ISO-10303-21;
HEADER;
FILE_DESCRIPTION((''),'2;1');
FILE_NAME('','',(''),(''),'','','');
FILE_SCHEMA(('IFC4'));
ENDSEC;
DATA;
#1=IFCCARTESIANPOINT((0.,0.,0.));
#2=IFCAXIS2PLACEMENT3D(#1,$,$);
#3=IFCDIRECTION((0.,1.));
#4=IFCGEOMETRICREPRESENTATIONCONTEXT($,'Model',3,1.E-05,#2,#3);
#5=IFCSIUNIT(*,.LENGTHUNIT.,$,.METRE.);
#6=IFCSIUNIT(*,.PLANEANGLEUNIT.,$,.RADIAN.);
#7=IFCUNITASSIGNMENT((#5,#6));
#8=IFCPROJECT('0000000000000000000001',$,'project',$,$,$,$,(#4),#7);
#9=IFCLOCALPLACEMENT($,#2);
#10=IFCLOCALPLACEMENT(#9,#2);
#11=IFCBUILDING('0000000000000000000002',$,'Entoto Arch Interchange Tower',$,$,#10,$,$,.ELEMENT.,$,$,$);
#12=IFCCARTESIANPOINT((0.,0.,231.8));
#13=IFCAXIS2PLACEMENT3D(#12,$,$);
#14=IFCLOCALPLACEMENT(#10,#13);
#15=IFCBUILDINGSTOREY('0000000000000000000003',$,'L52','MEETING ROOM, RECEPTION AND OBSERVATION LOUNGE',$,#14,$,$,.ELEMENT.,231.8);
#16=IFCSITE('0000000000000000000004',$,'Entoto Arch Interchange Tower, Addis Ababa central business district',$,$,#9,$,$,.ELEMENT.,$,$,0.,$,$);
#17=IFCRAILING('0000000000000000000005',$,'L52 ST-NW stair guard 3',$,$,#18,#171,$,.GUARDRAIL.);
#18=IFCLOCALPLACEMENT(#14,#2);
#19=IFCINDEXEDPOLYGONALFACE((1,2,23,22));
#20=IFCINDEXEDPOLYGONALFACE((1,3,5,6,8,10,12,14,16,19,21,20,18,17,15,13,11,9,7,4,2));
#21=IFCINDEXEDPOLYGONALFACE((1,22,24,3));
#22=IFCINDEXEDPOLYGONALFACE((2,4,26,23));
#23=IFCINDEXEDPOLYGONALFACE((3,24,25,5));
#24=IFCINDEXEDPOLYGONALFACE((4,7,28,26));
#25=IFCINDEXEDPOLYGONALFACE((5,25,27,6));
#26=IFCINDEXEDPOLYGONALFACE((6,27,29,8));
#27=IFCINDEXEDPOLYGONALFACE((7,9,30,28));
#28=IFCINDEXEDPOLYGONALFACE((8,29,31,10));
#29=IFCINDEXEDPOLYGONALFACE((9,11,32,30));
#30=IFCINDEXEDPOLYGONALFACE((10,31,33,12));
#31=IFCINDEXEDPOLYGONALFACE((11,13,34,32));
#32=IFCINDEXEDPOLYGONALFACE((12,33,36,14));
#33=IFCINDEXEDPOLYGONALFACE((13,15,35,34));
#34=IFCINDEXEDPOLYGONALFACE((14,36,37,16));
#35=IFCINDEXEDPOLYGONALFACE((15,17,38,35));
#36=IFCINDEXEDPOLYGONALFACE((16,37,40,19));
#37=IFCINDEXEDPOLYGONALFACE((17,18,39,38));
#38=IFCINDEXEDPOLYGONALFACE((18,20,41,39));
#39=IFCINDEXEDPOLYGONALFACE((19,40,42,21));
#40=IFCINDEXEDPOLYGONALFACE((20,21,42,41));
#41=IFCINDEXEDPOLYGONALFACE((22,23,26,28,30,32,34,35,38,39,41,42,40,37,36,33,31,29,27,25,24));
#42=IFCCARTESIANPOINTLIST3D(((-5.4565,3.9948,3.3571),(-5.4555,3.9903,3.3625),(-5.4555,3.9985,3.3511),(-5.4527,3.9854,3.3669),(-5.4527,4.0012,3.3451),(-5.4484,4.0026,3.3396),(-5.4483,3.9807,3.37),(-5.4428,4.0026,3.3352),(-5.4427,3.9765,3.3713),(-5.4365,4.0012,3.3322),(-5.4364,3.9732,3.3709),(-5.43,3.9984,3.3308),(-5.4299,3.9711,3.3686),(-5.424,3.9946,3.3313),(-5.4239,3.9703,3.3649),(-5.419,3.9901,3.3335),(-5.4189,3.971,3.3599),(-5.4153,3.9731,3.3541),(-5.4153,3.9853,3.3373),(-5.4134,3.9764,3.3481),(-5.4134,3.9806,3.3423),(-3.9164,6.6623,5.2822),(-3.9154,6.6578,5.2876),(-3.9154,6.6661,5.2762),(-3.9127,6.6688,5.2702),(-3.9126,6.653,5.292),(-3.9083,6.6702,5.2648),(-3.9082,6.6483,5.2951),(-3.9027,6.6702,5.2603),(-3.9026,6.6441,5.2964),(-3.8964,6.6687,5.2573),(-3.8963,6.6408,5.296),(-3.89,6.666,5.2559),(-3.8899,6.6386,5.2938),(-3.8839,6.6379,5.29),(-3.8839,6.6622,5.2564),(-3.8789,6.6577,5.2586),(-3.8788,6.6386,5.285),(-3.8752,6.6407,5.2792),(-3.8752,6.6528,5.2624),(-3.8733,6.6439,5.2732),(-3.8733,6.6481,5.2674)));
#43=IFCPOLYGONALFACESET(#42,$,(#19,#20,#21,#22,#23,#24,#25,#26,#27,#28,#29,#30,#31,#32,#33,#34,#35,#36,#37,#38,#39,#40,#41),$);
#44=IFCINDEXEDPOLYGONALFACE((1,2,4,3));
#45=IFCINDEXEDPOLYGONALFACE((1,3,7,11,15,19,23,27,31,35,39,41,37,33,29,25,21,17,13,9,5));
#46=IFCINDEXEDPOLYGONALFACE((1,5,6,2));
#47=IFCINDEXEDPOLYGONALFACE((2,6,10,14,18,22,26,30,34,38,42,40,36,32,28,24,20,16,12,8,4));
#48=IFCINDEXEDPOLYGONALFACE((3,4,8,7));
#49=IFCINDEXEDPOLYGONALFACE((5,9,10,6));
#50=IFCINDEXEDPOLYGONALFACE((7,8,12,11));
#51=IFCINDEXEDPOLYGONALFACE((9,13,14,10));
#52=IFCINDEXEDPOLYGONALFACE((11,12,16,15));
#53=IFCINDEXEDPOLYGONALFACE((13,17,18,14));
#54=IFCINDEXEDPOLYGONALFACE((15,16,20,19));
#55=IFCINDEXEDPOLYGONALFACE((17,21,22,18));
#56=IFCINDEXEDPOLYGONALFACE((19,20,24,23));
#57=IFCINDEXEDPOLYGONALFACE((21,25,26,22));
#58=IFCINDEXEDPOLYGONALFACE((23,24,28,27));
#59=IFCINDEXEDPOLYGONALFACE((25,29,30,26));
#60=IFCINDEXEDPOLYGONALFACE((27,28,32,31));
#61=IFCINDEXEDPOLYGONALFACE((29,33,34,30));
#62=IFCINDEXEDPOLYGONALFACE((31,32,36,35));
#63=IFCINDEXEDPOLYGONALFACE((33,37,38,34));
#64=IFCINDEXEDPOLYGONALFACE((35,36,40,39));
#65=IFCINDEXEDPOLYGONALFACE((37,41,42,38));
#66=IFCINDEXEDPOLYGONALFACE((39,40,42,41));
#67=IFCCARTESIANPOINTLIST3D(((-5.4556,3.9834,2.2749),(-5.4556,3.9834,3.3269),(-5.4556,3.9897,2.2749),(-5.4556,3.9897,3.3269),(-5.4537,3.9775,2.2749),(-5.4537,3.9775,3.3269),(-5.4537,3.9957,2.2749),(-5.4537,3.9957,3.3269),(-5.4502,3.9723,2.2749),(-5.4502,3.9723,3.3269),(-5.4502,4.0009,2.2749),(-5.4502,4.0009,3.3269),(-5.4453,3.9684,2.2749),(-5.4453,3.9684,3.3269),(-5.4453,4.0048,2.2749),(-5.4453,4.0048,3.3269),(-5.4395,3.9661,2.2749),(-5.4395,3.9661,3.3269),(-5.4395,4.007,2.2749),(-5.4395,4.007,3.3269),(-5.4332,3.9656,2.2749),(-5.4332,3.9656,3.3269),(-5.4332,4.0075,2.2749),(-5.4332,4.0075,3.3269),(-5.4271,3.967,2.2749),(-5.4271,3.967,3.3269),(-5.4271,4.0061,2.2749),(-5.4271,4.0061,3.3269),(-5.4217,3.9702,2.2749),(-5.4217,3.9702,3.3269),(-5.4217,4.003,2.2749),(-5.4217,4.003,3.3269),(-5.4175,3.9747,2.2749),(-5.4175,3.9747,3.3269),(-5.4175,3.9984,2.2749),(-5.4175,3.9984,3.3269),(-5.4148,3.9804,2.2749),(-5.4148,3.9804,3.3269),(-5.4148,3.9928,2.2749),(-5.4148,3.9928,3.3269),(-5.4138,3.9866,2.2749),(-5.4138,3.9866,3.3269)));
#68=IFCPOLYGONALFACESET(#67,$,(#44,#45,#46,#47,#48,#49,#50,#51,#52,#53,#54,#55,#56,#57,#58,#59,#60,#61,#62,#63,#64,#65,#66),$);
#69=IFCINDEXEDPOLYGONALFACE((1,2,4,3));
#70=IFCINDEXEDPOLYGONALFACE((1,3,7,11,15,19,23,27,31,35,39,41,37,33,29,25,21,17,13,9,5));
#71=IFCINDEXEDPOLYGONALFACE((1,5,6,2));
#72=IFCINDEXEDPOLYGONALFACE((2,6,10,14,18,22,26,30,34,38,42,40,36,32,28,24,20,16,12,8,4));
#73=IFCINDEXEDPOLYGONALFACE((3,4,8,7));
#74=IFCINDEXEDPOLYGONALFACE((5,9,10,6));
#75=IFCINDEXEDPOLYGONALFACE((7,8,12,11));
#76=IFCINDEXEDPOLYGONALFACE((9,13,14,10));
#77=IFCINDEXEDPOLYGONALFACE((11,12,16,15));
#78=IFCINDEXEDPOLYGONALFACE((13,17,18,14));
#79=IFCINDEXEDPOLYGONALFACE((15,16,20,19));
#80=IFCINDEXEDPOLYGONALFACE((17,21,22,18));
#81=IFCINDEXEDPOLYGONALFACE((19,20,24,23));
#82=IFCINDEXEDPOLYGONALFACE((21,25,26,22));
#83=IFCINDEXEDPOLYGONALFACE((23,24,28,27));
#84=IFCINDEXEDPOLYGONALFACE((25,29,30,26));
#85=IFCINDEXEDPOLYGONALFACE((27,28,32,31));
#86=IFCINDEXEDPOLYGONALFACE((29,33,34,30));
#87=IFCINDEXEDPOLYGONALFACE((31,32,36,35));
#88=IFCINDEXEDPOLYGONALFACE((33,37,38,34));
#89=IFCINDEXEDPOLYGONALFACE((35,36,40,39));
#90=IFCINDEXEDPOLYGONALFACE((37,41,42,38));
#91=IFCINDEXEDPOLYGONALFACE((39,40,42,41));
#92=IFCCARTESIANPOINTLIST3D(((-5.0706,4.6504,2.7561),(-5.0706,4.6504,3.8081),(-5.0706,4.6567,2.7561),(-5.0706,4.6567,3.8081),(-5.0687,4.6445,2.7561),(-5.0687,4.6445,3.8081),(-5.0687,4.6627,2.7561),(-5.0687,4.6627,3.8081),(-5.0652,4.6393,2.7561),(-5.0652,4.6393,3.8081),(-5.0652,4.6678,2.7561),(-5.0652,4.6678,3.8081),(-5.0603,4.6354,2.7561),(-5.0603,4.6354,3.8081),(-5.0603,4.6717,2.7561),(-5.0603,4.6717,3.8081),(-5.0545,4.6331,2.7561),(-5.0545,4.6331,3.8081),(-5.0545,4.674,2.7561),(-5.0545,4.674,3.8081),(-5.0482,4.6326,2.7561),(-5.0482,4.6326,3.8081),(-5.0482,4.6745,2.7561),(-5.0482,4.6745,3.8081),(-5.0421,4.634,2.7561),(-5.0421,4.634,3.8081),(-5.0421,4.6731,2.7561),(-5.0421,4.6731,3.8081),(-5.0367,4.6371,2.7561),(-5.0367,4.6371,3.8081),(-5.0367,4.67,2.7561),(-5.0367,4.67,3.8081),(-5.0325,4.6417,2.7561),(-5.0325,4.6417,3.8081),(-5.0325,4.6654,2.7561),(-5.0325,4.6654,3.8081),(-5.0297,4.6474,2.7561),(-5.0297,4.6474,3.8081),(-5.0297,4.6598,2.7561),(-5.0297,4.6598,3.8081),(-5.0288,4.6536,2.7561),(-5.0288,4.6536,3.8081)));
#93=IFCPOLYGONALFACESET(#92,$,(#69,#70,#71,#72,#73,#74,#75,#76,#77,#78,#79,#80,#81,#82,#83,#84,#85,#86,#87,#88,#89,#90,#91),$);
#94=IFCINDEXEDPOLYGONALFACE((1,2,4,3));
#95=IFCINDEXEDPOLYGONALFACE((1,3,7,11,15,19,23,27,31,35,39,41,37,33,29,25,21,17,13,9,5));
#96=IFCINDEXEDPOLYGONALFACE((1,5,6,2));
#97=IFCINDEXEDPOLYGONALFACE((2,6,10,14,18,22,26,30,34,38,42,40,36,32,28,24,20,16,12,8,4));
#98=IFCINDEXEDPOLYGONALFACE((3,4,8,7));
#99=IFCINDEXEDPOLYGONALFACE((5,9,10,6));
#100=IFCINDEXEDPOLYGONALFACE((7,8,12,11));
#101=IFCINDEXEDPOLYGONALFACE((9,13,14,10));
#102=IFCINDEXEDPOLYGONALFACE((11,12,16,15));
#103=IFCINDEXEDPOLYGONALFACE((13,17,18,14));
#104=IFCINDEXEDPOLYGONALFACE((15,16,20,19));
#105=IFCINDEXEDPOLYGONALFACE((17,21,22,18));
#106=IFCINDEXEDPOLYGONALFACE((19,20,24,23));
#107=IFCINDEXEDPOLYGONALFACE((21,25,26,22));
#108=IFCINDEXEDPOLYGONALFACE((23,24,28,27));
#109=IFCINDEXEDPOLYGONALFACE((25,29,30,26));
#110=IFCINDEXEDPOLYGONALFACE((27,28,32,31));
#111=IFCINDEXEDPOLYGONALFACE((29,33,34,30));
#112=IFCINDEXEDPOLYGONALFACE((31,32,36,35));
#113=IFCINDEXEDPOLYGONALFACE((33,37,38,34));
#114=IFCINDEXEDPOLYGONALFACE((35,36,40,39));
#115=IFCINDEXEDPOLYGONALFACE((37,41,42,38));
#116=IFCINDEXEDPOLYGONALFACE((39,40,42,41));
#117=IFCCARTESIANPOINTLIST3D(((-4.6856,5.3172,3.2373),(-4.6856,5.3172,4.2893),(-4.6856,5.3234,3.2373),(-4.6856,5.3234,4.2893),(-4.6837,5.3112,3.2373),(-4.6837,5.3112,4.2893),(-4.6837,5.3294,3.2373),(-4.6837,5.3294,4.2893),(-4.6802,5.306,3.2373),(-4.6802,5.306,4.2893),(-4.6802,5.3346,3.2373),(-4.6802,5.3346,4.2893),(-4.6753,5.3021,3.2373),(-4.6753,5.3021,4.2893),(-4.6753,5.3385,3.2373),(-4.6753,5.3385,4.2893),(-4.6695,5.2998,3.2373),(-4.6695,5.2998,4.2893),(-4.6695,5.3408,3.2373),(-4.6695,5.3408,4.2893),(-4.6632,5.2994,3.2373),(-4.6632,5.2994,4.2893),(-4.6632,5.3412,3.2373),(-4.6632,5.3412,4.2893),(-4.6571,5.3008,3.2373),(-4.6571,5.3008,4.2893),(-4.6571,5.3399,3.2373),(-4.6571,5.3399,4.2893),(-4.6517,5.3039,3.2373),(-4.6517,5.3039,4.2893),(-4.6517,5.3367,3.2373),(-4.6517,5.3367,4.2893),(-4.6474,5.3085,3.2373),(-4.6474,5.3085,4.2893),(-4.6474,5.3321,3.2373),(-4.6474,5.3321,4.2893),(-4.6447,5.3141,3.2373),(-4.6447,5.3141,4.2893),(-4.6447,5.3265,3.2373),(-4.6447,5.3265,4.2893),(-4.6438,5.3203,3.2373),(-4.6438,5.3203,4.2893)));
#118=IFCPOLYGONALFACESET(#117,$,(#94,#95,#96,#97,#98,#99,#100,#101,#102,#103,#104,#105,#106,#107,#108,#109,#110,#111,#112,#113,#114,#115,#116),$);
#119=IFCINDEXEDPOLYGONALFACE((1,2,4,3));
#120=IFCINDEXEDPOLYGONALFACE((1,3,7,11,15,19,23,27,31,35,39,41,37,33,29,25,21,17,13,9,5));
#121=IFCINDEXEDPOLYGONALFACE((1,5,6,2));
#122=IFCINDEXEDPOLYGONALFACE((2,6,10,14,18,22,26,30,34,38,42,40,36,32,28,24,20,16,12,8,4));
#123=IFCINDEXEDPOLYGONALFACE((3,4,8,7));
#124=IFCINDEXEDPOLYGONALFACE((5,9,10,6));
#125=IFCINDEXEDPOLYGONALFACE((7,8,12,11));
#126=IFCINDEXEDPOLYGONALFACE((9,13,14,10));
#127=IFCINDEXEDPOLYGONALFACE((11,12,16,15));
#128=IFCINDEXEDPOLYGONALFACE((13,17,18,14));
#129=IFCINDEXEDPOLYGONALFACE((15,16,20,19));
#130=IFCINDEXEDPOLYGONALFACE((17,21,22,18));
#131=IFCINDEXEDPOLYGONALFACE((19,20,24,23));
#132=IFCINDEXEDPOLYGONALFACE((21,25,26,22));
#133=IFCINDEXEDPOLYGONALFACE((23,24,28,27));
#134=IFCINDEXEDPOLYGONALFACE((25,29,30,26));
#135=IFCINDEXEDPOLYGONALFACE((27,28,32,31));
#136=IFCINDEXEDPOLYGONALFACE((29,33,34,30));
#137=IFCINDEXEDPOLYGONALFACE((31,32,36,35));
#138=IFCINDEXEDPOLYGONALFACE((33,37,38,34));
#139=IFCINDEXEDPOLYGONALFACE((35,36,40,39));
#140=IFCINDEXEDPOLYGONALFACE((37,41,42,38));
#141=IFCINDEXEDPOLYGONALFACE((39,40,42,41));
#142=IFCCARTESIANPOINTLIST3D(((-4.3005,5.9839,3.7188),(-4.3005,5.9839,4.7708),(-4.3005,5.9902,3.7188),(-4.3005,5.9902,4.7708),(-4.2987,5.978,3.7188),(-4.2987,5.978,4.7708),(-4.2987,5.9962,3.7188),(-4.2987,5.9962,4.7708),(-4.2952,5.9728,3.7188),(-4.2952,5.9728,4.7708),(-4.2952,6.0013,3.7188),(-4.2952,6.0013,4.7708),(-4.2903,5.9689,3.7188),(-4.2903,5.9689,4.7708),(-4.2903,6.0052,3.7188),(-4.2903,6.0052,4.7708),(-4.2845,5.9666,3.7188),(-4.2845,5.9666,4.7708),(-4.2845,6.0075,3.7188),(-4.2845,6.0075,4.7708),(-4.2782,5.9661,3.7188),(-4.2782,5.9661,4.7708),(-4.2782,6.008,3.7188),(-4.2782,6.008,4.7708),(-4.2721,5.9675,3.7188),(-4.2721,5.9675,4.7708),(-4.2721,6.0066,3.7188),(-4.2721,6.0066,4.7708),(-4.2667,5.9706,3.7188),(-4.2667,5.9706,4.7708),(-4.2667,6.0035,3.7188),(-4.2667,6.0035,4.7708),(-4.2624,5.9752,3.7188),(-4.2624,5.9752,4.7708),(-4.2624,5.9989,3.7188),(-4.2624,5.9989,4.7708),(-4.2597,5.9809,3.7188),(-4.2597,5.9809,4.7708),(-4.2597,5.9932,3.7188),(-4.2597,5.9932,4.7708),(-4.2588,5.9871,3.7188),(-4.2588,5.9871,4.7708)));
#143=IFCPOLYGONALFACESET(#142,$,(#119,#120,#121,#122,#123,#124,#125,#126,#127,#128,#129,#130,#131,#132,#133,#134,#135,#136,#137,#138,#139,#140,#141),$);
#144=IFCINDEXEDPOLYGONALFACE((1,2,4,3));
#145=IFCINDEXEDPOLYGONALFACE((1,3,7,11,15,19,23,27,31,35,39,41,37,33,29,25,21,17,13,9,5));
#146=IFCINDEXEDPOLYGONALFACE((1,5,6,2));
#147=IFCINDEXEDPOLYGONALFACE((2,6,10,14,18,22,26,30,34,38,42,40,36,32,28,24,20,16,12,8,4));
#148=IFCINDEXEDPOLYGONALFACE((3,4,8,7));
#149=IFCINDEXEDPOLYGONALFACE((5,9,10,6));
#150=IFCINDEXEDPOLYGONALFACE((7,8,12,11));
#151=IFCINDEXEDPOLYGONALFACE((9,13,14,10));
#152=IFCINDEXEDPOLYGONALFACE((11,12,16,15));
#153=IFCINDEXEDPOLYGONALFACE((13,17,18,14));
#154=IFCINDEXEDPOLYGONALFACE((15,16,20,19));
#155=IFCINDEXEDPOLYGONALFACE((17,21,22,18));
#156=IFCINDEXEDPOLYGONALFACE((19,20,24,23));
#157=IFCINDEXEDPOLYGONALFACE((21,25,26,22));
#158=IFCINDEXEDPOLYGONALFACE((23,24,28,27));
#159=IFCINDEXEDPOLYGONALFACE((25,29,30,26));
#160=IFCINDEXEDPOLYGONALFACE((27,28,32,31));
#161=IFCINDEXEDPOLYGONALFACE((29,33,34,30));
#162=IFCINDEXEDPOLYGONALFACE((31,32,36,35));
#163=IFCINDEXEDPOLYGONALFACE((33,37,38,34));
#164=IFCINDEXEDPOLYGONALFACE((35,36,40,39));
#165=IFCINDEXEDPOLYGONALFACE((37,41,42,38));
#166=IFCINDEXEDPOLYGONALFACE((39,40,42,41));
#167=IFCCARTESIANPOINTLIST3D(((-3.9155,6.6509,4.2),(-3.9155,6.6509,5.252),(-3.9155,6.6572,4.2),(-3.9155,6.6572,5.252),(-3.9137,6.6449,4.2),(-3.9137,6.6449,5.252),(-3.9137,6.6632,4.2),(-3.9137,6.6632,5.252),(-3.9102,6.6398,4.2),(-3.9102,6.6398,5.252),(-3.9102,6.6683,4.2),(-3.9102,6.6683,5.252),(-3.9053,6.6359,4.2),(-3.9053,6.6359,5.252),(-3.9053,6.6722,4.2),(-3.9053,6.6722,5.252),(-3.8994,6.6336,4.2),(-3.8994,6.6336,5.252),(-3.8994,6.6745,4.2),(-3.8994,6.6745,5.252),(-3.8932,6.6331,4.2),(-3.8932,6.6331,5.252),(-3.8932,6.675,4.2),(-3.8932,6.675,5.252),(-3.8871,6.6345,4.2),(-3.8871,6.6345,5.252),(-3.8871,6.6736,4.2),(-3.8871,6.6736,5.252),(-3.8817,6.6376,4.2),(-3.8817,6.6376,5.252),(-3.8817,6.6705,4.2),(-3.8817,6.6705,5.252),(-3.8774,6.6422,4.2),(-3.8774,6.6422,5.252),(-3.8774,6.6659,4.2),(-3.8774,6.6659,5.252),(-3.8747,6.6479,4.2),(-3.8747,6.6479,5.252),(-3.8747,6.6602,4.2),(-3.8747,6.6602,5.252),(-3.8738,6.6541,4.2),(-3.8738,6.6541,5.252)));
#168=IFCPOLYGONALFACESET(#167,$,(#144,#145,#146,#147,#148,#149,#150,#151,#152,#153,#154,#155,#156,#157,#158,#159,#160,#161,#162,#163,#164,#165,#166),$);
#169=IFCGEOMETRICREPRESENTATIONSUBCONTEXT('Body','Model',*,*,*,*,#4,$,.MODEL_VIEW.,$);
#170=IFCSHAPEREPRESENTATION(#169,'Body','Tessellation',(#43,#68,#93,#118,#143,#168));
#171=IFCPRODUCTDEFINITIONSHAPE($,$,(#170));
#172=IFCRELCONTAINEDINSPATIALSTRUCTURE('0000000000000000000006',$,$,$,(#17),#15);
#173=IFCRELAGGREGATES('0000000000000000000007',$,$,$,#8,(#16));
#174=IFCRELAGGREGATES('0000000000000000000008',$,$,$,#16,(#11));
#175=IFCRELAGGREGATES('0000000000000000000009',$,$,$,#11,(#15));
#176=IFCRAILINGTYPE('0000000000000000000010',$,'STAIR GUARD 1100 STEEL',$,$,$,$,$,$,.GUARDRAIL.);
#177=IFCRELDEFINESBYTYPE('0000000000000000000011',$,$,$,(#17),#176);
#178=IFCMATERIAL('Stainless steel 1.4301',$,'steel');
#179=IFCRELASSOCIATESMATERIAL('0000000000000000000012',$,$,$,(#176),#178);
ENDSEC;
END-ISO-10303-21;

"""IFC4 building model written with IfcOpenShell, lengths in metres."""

from ifc_helpers import new_model, si_unit, direction, frame, origin, origin_2d, place, context, subcontext, project, spatial, circle, extrude, material, type_object, element, save


model = new_model("IFC4")

# Units and contexts
model_context = context("Model", 3, precision=1e-05, world=origin(), true_north=direction((0.0, 1.0)))
body_context = subcontext(model_context, "Body", "Model", "MODEL_VIEW")
ifc_project = project(units=[si_unit("LENGTHUNIT", "METRE"), si_unit("PLANEANGLEUNIT", "RADIAN")], contexts=[model_context])

# Site, building, storey
site_placement = place(None, origin())
site = spatial("IfcSite", under=ifc_project, at=site_placement, Name="Entoto Arch Interchange Tower, Addis Ababa central business district", CompositionType="ELEMENT", RefElevation=0.0)
building_placement = place(site_placement, origin())
building = spatial("IfcBuilding", under=site, at=building_placement, Name="Entoto Arch Interchange Tower", CompositionType="ELEMENT")
storey_placement = place(building_placement, frame((0.0, 0.0, 231.8)))
storey = spatial("IfcBuildingStorey", under=building, at=storey_placement, Name="L52", Description="MEETING ROOM, RECEPTION AND OBSERVATION LOUNGE", CompositionType="ELEMENT", Elevation=231.8)

# Railing
ifc_material_1 = material(Name="Stainless steel 1.4301", Category="steel")
railing_type_1 = type_object("IfcRailingType", Name="STAIR GUARD 1100 STEEL", PredefinedType="GUARDRAIL", material=ifc_material_1)
railing_1_placement = place(storey_placement, frame((-5.4348, 3.9866, 2.2749)))
element("IfcRailing", 1, at=railing_1_placement, inside=storey, type_object=railing_type_1, Name="L52 ST-NW stair guard 3", PredefinedType="GUARDRAIL", context=body_context, shape_type="SweptSolid", body=[
    extrude(circle(Radius=0.0239, at=origin_2d()), frame((0.0, 0.0, 1.0762), z_axis=(0.423994, 0.734395, 0.529993), x_axis=(-0.86603, 0.499992, 0.0)), (0.0, 0.0, 1.0), 3.6323),
    extrude(circle(Radius=0.021, at=origin_2d()), origin(), (0.0, 0.0, 1.0), 1.052),
    extrude(circle(Radius=0.021, at=origin_2d()), frame((0.385, 0.667, 0.4812)), (0.0, 0.0, 1.0), 1.052),
    extrude(circle(Radius=0.021, at=origin_2d()), frame((0.77, 1.3337, 0.9624)), (0.0, 0.0, 1.0), 1.052),
    extrude(circle(Radius=0.021, at=origin_2d()), frame((1.155, 2.0005, 1.4438)), (0.0, 0.0, 1.0), 1.052),
    extrude(circle(Radius=0.021, at=origin_2d()), frame((1.54, 2.6675, 1.925)), (0.0, 0.0, 1.0), 1.052),
])

save(model, "model.ifc")
